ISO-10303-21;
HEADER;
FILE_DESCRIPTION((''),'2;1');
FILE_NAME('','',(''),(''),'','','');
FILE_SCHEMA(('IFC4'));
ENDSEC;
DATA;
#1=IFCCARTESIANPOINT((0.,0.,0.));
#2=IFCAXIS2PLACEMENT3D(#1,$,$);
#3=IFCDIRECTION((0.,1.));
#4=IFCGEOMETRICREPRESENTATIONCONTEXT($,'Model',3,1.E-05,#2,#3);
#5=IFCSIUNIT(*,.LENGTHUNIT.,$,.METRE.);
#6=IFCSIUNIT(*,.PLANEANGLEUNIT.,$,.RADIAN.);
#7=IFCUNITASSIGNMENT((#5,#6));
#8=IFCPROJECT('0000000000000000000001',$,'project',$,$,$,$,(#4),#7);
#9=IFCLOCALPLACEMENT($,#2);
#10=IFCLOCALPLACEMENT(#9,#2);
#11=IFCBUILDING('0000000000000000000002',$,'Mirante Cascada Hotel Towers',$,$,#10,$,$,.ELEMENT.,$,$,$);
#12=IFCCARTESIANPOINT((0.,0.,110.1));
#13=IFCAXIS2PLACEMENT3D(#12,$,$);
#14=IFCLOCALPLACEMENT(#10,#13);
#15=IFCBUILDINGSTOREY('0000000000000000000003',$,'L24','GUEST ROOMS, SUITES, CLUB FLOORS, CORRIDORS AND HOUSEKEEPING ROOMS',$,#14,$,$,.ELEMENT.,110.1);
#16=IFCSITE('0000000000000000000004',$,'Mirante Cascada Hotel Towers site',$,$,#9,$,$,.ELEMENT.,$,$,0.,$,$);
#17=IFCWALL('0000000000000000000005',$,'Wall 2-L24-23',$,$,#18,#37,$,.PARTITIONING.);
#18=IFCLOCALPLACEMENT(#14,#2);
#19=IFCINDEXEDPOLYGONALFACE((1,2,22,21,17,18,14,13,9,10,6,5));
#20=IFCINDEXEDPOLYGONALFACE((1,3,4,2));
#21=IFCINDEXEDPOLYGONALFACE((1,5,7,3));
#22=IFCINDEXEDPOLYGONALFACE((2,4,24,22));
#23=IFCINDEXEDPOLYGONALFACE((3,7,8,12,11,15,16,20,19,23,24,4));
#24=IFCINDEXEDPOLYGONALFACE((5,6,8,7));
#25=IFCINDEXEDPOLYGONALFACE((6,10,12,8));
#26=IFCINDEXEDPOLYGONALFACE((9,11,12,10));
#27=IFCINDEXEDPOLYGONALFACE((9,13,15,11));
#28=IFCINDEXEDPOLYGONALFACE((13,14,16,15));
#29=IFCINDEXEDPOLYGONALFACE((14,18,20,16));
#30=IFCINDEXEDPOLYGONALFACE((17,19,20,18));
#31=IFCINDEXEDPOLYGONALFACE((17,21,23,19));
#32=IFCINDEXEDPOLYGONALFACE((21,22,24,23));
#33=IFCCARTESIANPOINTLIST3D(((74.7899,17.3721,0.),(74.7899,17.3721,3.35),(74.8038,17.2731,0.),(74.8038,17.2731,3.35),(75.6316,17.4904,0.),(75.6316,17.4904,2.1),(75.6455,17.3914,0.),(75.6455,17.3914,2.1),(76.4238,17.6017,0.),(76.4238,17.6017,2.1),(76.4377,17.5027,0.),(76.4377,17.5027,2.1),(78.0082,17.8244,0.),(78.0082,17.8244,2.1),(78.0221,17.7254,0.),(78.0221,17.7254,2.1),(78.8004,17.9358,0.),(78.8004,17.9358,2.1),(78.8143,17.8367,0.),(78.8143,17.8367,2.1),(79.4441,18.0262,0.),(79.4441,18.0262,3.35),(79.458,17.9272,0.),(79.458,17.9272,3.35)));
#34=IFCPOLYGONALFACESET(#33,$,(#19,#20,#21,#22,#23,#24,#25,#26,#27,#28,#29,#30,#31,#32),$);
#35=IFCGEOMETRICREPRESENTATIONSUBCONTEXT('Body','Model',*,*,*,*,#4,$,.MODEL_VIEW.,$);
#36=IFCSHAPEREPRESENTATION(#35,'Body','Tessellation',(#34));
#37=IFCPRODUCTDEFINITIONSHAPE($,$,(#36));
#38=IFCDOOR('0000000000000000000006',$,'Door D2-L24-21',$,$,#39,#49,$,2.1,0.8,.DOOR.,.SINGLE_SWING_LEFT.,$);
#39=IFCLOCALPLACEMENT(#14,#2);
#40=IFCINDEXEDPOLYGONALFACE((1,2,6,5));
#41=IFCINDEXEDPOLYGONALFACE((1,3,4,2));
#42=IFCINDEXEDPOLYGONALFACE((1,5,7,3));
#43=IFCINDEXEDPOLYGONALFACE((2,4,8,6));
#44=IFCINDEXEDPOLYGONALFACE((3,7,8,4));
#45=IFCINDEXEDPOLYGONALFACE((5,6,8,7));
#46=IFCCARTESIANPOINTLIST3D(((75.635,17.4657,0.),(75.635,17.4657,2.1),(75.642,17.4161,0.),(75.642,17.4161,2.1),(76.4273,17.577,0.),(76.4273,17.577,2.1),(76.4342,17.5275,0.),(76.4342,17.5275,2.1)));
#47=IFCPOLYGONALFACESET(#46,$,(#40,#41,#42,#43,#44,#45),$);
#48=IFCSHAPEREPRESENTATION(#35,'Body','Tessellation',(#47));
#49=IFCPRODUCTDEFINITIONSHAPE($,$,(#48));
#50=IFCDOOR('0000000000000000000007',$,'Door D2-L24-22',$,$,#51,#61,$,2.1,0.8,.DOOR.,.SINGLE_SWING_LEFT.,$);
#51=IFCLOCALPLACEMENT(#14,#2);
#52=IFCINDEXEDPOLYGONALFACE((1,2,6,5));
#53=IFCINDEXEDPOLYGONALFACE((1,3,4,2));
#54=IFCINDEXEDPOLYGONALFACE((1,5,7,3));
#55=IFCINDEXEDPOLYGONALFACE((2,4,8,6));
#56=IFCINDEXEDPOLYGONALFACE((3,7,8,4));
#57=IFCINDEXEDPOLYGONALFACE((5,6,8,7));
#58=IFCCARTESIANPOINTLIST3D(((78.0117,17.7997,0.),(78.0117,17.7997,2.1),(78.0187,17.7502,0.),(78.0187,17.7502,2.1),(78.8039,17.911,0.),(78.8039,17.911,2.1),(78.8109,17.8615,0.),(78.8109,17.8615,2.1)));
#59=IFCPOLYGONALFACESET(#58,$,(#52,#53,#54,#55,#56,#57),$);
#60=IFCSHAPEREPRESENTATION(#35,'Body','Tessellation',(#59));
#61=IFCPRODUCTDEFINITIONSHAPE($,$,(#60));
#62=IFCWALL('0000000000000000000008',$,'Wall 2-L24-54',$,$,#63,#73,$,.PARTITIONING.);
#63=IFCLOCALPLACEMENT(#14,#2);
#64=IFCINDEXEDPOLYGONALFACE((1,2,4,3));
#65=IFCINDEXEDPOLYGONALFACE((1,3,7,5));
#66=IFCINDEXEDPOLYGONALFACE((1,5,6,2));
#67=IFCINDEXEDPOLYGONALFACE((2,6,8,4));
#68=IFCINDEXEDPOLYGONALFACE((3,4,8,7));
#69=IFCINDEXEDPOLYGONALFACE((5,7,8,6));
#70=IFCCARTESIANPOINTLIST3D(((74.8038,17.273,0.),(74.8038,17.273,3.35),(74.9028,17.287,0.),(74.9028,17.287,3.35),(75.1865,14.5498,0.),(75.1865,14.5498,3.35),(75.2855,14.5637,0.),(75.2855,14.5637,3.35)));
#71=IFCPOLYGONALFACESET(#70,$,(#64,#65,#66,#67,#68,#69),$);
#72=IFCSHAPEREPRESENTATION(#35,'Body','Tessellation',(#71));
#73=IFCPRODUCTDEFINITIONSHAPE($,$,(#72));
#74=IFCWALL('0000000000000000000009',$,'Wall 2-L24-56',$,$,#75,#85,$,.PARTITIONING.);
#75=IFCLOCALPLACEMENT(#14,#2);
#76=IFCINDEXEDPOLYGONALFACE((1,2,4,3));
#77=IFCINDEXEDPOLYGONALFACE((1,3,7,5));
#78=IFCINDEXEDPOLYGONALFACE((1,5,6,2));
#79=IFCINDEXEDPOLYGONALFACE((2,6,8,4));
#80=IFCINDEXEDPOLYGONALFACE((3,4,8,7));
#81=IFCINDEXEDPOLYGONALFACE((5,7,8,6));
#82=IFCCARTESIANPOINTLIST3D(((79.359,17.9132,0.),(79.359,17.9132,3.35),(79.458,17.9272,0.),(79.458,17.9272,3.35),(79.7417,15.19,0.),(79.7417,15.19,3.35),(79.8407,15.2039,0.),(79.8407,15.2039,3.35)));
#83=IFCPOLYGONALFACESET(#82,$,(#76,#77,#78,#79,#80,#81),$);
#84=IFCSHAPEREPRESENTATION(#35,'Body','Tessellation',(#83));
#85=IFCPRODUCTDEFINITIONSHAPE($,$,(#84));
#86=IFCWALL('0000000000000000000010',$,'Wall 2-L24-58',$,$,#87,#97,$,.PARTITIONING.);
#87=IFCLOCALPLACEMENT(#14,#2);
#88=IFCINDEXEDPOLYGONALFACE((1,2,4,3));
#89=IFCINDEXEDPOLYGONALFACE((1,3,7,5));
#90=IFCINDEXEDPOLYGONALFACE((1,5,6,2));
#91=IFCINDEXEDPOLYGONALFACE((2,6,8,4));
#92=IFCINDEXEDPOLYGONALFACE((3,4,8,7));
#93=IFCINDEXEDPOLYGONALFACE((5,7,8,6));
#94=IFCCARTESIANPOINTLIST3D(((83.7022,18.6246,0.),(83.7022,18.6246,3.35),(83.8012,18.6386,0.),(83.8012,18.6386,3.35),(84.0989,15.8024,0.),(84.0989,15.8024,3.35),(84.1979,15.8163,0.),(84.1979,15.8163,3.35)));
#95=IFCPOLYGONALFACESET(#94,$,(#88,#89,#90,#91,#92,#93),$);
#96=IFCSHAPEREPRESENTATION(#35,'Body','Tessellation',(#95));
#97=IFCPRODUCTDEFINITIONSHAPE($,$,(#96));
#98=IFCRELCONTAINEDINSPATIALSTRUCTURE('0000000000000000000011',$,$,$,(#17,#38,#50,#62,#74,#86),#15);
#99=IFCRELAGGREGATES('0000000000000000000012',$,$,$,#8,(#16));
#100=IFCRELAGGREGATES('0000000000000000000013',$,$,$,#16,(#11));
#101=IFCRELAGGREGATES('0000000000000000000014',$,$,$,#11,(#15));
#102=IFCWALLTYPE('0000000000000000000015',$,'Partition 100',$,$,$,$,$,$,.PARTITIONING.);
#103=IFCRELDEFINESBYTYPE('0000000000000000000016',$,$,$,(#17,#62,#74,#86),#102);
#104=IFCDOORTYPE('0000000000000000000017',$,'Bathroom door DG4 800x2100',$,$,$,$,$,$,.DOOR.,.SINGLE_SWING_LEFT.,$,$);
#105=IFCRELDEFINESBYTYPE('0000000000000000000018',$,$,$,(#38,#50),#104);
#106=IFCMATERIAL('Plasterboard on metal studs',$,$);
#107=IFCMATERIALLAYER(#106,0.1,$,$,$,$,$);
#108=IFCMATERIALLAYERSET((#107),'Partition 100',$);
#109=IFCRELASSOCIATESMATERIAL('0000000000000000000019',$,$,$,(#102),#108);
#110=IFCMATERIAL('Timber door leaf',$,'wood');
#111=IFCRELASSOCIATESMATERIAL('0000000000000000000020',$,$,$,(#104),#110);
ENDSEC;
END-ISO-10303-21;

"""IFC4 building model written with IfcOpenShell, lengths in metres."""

from ifc_helpers import new_model, si_unit, direction, frame, frame_2d, origin, place, context, subcontext, project, spatial, rectangle, extrude, material, layer, layer_set, type_object, element, fill, save


model = new_model("IFC4")

# Units and contexts
model_context = context("Model", 3, precision=1e-05, world=origin(), true_north=direction((0.0, 1.0)))
body_context = subcontext(model_context, "Body", "Model", "MODEL_VIEW")
ifc_project = project(units=[si_unit("LENGTHUNIT", "METRE"), si_unit("PLANEANGLEUNIT", "RADIAN")], contexts=[model_context])

# Site, building, storey
site_placement = place(None, origin())
site = spatial("IfcSite", under=ifc_project, at=site_placement, Name="Mirante Cascada Hotel Towers site", CompositionType="ELEMENT", RefElevation=0.0)
building_placement = place(site_placement, origin())
building = spatial("IfcBuilding", under=site, at=building_placement, Name="Mirante Cascada Hotel Towers", CompositionType="ELEMENT")
storey_placement = place(building_placement, frame((0.0, 0.0, 110.1)))
storey = spatial("IfcBuildingStorey", under=building, at=storey_placement, Name="L24", Description="GUEST ROOMS, SUITES, CLUB FLOORS, CORRIDORS AND HOUSEKEEPING ROOMS", CompositionType="ELEMENT", Elevation=110.1)

# Shared definitions
ifc_material_1 = material(Name="Plasterboard on metal studs")
ifc_layer_1 = layer(ifc_material_1, 0.1)
ifc_layer_set_1 = layer_set([ifc_layer_1], Name="Partition 100")
wall_type_1 = type_object("IfcWallType", Name="Partition 100", PredefinedType="PARTITIONING", material=ifc_layer_set_1)
ifc_material_2 = material(Name="Timber door leaf", Category="wood")
door_type = type_object("IfcDoorType", Name="Bathroom door DG4 800x2100", OperationType="SINGLE_SWING_LEFT", PredefinedType="DOOR", material=ifc_material_2)

# Wall, openings, doors
wall_1_placement = place(storey_placement, frame((74.7968, 17.3226, 0.0), z_axis=(0.0, 0.0, 1.0), x_axis=(0.990268, 0.139172, 0.0)))
wall_1 = element("IfcWall", 1, at=wall_1_placement, inside=storey, type_object=wall_type_1, Name="Wall 2-L24-23", PredefinedType="PARTITIONING", context=body_context, shape_type="SweptSolid", body=[
    extrude(rectangle(XDim=4.6999, YDim=0.1, at=frame_2d((2.35, 0.0))), origin(), (0.0, 0.0, 1.0), 3.35),
])
opening_1_placement = place(wall_1_placement, frame((0.85, 0.0, 0.0)))
opening_1 = element("IfcOpeningElement", 2, at=opening_1_placement, cuts=wall_1, PredefinedType="OPENING", context=body_context, shape_type="SweptSolid", body=[
    extrude(rectangle(XDim=0.8, YDim=2.1, at=frame_2d((0.4, 1.05))), frame((0.0, 0.05, 0.0), z_axis=(0.0, -1.0, 0.0), x_axis=(1.0, 0.0, 0.0)), (0.0, 0.0, 1.0), 0.1),
])
opening_2_placement = place(wall_1_placement, frame((3.25, 0.0, 0.0)))
opening_2 = element("IfcOpeningElement", 3, at=opening_2_placement, cuts=wall_1, PredefinedType="OPENING", context=body_context, shape_type="SweptSolid", body=[
    extrude(rectangle(XDim=0.8, YDim=2.1, at=frame_2d((0.4, 1.05))), frame((0.0, 0.05, 0.0), z_axis=(0.0, -1.0, 0.0), x_axis=(1.0, 0.0, 0.0)), (0.0, 0.0, 1.0), 0.1),
])
door_1_placement = place(opening_1_placement, origin())
door_1 = element("IfcDoor", 4, at=door_1_placement, inside=storey, type_object=door_type, Name="Door D2-L24-21", OperationType="SINGLE_SWING_LEFT", OverallHeight=2.1, OverallWidth=0.8, PredefinedType="DOOR", context=body_context, shape_type="SweptSolid", body=[
    extrude(rectangle(XDim=0.8, YDim=2.1, at=frame_2d((0.4, 1.05))), frame((0.0, 0.025, 0.0), z_axis=(0.0, -1.0, 0.0), x_axis=(1.0, 0.0, 0.0)), (0.0, 0.0, 1.0), 0.05),
])
fill(opening_1, door_1)
door_2_placement = place(opening_2_placement, origin())
door_2 = element("IfcDoor", 5, at=door_2_placement, inside=storey, type_object=door_type, Name="Door D2-L24-22", OperationType="SINGLE_SWING_LEFT", OverallHeight=2.1, OverallWidth=0.8, PredefinedType="DOOR", context=body_context, shape_type="SweptSolid", body=[
    extrude(rectangle(XDim=0.8, YDim=2.1, at=frame_2d((0.4, 1.05))), frame((0.0, 0.025, 0.0), z_axis=(0.0, -1.0, 0.0), x_axis=(1.0, 0.0, 0.0)), (0.0, 0.0, 1.0), 0.05),
])
fill(opening_2, door_2)

# Walls
for number, where, z_axis, x_axis, name in (
    (6, (74.8533, 17.28, 0.0), (0.0, 0.0, 1.0), (0.139166, -0.990269, 0.0), "Wall 2-L24-54"),
    (7, (79.4085, 17.9202, 0.0), (0.0, 0.0, 1.0), (0.139166, -0.990269, 0.0), "Wall 2-L24-56"),
):
    element("IfcWall", number, at=place(storey_placement, frame(where, z_axis=z_axis, x_axis=x_axis)), inside=storey, type_object=wall_type_1, Name=name, PredefinedType="PARTITIONING", context=body_context, shape_type="SweptSolid", body=[
        extrude(rectangle(XDim=2.75, YDim=0.1, at=frame_2d((1.375, 0.0))), origin(), (0.0, 0.0, 1.0), 3.35),
    ])
wall_2_placement = place(storey_placement, frame((83.7517, 18.6316, 0.0), z_axis=(0.0, 0.0, 1.0), x_axis=(0.139191, -0.990266, 0.0)))
element("IfcWall", 8, at=wall_2_placement, inside=storey, type_object=wall_type_1, Name="Wall 2-L24-58", PredefinedType="PARTITIONING", context=body_context, shape_type="SweptSolid", body=[
    extrude(rectangle(XDim=2.85, YDim=0.1, at=frame_2d((1.425, 0.0))), origin(), (0.0, 0.0, 1.0), 3.35),
])

save(model, "model.ifc")
